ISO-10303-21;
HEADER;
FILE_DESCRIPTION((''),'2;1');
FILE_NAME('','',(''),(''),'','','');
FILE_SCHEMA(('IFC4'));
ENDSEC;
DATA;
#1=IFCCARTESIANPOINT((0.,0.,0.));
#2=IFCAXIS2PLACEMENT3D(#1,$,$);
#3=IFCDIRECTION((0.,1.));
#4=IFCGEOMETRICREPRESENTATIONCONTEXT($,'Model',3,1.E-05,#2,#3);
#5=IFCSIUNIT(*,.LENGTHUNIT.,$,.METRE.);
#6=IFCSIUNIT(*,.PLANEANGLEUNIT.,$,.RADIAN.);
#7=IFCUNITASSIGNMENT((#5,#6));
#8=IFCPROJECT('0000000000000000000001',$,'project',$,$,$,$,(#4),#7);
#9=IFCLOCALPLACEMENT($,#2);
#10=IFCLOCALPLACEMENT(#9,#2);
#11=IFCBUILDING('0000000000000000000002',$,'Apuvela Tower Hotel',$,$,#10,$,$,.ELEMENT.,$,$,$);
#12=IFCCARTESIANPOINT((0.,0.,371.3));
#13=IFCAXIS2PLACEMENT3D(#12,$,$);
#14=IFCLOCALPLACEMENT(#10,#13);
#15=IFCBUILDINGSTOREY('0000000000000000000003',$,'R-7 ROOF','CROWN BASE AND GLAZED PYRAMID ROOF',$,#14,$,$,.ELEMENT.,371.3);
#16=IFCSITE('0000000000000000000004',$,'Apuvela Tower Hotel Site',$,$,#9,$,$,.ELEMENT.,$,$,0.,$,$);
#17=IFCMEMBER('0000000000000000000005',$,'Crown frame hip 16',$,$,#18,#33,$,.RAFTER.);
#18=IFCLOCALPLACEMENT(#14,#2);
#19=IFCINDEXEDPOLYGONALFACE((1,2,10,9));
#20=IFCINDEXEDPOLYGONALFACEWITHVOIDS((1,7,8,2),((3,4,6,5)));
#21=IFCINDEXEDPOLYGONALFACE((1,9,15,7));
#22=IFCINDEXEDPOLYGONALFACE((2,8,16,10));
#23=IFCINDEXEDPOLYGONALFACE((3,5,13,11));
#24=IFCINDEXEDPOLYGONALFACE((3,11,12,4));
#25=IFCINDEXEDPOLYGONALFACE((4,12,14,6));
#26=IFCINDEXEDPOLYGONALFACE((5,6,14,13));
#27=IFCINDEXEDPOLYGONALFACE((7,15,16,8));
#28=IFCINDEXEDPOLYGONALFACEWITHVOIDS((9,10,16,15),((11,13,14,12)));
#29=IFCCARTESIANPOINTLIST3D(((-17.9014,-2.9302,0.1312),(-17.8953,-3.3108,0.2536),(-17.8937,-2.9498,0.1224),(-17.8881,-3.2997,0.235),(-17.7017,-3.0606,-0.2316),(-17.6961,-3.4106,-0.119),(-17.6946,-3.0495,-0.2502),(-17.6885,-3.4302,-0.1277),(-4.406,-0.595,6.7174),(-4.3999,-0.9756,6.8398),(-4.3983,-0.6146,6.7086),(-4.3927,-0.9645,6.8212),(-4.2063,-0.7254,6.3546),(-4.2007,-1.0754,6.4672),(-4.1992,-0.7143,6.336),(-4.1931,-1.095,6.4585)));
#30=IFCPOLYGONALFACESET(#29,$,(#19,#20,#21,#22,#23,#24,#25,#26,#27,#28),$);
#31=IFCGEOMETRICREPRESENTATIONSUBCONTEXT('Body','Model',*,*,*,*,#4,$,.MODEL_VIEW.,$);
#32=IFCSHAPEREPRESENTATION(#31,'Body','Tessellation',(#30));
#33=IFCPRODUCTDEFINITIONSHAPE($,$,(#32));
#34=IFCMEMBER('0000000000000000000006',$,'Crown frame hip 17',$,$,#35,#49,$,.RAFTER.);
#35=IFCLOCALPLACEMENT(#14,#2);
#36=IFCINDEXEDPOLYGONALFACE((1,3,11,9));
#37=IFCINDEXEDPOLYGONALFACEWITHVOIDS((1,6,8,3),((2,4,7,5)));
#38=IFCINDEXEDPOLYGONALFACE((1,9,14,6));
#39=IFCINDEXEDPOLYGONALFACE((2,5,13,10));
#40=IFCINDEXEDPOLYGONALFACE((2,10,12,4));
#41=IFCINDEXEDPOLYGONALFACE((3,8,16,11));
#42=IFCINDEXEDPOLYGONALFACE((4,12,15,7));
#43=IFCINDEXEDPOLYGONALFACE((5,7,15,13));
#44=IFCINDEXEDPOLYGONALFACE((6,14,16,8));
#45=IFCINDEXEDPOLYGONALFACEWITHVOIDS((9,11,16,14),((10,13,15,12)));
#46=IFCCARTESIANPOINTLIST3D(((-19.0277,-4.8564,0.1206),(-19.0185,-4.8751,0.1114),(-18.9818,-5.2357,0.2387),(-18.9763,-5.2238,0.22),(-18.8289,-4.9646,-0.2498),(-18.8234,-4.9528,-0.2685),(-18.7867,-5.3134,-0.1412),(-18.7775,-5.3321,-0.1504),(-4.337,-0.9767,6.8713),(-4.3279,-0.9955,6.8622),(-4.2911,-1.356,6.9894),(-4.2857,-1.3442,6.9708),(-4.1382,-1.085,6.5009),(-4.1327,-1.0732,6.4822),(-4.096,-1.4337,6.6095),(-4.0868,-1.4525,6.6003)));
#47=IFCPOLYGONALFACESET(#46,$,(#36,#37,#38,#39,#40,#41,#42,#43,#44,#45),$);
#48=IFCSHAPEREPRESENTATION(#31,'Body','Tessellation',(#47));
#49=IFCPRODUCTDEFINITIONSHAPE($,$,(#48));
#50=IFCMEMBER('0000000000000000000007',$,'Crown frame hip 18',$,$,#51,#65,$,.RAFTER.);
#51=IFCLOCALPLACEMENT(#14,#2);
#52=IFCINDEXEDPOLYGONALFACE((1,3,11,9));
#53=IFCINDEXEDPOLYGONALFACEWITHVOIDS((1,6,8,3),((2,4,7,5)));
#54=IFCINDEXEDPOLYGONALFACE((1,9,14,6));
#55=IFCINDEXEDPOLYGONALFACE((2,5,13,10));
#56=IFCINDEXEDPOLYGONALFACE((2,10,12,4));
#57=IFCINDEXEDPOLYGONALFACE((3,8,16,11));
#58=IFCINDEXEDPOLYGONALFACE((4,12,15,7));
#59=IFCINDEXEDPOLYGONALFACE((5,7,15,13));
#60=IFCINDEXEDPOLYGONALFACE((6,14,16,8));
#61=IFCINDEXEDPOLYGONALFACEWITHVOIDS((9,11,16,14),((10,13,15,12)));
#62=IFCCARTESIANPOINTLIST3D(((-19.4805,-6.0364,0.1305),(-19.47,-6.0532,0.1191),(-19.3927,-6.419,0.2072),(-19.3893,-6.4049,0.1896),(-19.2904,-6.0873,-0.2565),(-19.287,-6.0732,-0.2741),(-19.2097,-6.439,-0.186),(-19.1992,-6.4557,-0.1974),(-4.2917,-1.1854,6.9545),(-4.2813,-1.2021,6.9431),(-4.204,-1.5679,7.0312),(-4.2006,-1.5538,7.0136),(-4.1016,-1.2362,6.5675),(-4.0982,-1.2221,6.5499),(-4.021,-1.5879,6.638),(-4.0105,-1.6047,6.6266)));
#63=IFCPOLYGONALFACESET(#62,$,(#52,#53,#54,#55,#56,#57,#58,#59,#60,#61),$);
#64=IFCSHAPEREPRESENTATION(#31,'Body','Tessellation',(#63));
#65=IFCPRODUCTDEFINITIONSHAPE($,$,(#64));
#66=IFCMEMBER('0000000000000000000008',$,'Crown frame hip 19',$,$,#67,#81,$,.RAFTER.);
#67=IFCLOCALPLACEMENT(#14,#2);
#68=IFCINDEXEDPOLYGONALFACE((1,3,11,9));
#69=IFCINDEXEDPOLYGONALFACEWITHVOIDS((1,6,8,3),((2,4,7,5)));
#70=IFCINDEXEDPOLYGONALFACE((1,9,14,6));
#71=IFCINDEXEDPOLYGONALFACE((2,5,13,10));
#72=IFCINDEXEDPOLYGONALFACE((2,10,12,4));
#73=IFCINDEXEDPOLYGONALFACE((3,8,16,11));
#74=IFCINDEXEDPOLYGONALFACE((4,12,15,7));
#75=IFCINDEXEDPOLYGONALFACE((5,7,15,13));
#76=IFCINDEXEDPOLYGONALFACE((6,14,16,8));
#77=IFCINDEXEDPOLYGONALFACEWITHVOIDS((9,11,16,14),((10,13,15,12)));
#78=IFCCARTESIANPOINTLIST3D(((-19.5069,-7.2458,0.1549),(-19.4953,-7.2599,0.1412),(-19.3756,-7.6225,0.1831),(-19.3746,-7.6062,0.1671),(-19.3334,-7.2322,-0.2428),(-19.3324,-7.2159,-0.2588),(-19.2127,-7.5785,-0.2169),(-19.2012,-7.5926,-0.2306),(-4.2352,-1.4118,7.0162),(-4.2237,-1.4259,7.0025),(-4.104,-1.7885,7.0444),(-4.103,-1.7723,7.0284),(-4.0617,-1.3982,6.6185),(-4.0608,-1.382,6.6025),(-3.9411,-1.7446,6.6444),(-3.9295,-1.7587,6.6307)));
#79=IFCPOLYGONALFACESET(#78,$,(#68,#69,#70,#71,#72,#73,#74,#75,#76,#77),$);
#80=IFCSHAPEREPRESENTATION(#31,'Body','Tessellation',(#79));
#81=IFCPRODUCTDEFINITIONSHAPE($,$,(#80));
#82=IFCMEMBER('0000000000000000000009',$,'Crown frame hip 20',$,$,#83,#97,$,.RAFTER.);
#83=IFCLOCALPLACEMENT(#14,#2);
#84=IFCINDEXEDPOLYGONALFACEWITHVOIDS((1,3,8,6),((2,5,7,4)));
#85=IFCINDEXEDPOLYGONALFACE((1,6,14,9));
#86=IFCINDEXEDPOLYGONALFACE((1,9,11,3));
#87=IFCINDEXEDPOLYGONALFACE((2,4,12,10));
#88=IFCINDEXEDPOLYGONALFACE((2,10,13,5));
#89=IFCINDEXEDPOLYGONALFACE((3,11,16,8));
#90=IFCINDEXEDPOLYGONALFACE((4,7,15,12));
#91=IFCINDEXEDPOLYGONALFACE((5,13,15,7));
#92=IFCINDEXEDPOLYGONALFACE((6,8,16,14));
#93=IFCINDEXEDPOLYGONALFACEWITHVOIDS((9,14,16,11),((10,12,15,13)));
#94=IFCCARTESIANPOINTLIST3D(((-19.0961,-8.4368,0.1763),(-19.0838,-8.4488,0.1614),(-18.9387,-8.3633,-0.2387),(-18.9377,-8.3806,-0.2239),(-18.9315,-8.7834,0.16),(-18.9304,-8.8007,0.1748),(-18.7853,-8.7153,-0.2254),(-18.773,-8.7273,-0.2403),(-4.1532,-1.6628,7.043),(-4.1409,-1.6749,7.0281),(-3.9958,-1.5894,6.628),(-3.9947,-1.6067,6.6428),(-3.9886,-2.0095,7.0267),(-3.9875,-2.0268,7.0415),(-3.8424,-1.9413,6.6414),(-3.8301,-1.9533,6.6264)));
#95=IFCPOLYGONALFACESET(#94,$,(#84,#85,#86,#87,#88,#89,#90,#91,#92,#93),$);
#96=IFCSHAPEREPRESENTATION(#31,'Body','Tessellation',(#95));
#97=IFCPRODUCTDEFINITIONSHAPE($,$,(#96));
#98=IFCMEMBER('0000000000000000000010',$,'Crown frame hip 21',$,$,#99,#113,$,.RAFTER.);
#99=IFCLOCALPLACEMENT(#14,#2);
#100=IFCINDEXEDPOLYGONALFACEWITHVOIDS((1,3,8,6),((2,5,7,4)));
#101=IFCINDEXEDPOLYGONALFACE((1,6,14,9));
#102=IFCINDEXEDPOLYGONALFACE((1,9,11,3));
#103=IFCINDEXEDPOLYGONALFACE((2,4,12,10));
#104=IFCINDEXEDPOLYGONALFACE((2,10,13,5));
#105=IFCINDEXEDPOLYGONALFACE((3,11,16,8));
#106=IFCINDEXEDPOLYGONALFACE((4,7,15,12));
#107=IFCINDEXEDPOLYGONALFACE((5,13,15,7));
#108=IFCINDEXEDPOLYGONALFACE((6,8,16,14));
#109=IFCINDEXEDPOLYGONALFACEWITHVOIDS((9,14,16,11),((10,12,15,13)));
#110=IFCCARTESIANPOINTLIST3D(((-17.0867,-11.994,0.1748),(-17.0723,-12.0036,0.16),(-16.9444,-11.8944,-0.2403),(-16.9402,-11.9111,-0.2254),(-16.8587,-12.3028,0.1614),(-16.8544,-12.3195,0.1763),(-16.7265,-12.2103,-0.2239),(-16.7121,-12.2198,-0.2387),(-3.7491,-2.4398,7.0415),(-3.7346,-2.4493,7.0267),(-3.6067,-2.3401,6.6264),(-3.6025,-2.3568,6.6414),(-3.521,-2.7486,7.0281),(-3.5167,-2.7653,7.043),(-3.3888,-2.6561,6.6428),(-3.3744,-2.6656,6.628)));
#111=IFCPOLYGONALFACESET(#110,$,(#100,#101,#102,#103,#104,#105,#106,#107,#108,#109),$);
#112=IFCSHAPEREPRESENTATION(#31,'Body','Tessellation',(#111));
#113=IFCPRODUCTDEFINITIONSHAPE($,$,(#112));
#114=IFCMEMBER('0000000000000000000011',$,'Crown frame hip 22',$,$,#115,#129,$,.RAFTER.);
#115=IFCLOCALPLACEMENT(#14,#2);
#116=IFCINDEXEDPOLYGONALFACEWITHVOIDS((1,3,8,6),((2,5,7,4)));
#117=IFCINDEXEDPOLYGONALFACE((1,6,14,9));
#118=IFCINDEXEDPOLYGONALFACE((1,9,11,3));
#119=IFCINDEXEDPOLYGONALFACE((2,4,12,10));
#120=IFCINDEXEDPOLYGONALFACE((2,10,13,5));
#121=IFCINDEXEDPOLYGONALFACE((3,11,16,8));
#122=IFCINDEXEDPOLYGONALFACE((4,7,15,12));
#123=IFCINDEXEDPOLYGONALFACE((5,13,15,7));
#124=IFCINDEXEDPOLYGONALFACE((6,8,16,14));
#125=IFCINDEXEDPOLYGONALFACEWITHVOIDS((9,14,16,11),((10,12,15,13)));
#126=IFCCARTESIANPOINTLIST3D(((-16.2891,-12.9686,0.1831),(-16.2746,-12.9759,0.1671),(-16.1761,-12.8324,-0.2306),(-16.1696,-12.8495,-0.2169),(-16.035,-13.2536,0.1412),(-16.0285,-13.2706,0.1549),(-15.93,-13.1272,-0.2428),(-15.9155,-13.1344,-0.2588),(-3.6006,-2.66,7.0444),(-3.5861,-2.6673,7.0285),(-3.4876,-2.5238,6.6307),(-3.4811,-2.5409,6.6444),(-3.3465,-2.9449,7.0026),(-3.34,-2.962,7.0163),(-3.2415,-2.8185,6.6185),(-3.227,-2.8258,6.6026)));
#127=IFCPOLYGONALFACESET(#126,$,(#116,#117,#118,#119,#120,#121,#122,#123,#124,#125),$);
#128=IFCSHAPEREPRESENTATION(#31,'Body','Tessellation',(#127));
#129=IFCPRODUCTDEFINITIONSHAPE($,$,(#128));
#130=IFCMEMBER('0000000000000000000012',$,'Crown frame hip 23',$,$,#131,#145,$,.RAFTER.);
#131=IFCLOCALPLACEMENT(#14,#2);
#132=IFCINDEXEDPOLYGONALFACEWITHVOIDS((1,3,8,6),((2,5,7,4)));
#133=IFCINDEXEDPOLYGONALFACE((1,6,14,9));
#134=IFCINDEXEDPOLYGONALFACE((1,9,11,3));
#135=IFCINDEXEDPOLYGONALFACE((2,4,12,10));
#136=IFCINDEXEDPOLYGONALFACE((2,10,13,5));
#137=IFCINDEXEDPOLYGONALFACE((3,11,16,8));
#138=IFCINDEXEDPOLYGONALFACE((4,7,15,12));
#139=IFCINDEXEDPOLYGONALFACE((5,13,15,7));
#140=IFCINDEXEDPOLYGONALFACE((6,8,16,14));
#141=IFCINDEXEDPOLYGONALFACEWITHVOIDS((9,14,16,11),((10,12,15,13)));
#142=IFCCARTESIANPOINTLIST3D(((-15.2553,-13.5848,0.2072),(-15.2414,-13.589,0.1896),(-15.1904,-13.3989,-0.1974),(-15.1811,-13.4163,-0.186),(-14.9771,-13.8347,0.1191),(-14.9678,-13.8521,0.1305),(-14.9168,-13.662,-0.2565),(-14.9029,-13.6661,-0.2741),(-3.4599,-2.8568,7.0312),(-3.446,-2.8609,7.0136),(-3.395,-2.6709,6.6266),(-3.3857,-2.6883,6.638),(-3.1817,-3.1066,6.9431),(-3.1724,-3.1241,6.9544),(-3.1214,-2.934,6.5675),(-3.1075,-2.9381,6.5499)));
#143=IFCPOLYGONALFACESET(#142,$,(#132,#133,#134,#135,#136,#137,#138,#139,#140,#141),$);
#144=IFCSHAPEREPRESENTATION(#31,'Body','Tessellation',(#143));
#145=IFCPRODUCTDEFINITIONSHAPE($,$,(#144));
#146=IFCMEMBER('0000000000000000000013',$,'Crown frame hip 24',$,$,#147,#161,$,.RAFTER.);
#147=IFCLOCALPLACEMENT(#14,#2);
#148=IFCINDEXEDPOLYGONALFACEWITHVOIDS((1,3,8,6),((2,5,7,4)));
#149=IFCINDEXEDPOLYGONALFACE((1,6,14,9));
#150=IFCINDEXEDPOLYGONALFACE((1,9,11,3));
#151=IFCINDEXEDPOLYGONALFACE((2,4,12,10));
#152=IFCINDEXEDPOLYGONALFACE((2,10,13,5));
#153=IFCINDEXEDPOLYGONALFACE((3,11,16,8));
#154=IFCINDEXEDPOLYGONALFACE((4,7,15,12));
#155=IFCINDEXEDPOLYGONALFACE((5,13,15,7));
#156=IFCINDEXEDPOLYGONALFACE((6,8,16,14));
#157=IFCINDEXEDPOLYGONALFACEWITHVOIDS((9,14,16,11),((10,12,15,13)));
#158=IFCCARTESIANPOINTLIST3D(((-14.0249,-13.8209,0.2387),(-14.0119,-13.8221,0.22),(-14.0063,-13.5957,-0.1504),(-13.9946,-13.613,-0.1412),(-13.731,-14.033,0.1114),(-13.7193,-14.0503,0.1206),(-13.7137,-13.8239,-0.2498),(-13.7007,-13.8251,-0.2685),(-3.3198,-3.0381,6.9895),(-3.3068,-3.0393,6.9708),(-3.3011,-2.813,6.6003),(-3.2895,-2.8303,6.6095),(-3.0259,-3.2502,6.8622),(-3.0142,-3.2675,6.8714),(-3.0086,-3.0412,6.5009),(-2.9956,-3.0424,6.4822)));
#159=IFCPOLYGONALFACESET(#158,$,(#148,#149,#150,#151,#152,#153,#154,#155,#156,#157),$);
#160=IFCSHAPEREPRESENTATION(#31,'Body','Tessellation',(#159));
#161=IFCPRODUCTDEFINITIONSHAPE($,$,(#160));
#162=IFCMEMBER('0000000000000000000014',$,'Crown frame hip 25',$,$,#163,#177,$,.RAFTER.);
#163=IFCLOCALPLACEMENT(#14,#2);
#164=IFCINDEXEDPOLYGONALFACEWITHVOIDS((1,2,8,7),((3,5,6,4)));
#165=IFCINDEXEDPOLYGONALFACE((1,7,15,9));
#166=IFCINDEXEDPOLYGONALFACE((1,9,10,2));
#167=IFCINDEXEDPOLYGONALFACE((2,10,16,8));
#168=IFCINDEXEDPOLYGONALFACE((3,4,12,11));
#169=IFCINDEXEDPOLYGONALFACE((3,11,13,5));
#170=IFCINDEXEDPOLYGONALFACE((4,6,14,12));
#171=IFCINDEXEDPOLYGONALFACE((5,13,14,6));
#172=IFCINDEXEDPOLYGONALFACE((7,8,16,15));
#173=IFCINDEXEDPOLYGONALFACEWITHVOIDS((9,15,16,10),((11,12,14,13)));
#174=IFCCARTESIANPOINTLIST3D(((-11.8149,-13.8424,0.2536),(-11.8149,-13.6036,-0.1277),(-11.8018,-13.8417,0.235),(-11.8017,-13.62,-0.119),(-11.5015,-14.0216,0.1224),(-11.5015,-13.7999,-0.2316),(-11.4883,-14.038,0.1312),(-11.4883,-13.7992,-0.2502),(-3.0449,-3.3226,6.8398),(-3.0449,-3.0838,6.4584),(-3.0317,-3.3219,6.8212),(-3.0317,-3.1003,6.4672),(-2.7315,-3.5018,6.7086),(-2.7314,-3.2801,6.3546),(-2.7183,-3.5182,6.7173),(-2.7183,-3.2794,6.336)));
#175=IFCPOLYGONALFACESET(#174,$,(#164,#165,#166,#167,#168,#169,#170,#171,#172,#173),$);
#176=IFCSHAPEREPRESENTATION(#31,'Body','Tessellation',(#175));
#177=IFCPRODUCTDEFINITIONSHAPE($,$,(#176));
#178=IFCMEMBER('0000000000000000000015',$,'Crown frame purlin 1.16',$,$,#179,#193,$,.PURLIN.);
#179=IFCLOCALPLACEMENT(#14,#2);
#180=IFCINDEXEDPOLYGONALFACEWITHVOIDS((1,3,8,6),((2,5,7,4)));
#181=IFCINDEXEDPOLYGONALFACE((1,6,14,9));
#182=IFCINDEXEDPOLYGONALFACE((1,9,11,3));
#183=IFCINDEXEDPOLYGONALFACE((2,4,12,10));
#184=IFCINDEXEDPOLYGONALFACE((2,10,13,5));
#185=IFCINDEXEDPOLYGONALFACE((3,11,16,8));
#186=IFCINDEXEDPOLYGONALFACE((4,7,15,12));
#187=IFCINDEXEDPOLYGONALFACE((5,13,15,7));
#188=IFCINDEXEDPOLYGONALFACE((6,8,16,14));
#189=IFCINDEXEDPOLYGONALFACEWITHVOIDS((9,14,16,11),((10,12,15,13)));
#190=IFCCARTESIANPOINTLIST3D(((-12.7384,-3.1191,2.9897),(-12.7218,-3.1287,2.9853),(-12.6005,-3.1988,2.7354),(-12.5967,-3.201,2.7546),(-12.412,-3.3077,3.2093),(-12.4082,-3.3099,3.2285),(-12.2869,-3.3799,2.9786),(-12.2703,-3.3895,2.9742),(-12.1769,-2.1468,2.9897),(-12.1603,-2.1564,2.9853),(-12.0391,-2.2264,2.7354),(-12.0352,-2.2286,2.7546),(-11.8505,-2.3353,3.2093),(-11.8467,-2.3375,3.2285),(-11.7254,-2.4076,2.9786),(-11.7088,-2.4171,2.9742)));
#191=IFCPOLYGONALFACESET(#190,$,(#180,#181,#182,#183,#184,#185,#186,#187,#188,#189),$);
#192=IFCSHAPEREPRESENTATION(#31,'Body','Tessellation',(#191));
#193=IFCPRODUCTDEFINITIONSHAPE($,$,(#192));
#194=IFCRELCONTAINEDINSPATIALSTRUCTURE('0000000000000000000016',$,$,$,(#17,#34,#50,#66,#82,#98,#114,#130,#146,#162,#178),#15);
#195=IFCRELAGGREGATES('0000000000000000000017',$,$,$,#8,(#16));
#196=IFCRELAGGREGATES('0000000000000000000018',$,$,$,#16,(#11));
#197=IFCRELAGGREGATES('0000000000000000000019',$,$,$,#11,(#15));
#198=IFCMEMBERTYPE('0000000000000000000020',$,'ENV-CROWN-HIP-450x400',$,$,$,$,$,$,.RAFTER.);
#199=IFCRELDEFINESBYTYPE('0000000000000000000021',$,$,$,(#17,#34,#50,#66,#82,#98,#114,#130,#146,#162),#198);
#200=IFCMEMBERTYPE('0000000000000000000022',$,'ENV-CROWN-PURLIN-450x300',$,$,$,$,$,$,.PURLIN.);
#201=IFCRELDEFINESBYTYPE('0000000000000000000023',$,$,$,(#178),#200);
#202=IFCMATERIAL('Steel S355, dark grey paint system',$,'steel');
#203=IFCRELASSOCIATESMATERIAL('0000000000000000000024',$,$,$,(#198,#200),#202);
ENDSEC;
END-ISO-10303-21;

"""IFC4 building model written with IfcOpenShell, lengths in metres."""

from ifc_helpers import new_model, si_unit, direction, frame, origin, origin_2d, place, context, subcontext, project, spatial, hollow_rectangle, extrude, material, material_profile, profile_set, type_object, element, save


model = new_model("IFC4")

# Units and contexts
model_context = context("Model", 3, precision=1e-05, world=origin(), true_north=direction((0.0, 1.0)))
body_context = subcontext(model_context, "Body", "Model", "MODEL_VIEW")
ifc_project = project(units=[si_unit("LENGTHUNIT", "METRE"), si_unit("PLANEANGLEUNIT", "RADIAN")], contexts=[model_context])

# Site, building, storey
site_placement = place(None, origin())
site = spatial("IfcSite", under=ifc_project, at=site_placement, Name="Apuvela Tower Hotel Site", CompositionType="ELEMENT", RefElevation=0.0)
building_placement = place(site_placement, origin())
building = spatial("IfcBuilding", under=site, at=building_placement, Name="Apuvela Tower Hotel", CompositionType="ELEMENT")
storey_placement = place(building_placement, frame((0.0, 0.0, 371.3)))
storey = spatial("IfcBuildingStorey", under=building, at=storey_placement, Name="R-7 ROOF", Description="CROWN BASE AND GLAZED PYRAMID ROOF", CompositionType="ELEMENT", Elevation=371.3)

# Members
ifc_material_1 = material(Name="Steel S355, dark grey paint system", Category="steel")
ifc_material_profile_1 = material_profile(ifc_material_1, hollow_rectangle(XDim=0.3999, YDim=0.45, WallThickness=0.0161, at=origin_2d()), Name="HSS 450x400x16")
ifc_profile_set_1 = profile_set([ifc_material_profile_1], Name="Steel S355, dark grey paint system")
member_type_1 = type_object("IfcMemberType", Name="ENV-CROWN-HIP-450x400", PredefinedType="RAFTER", material=ifc_profile_set_1)
member_1_placement = place(storey_placement, frame((-17.7949, -3.1802, 0.0017), z_axis=(0.888015, 0.15366, 0.43338), x_axis=(-0.015255, 0.951837, -0.306226)))
element("IfcMember", 1, at=member_1_placement, inside=storey, type_object=member_type_1, Name="Crown frame hip 16", PredefinedType="RAFTER", context=body_context, shape_type="SweptSolid", body=[
    extrude(hollow_rectangle(XDim=0.3999, YDim=0.45, WallThickness=0.0161, at=origin_2d()), origin(), (0.0, 0.0, 1.0), 15.1973),
])
member_2_placement = place(storey_placement, frame((-18.9026, -5.0942, -0.0149), z_axis=(0.883571, 0.233341, 0.406023), x_axis=(-0.114771, 0.948477, -0.295329)))
element("IfcMember", 2, at=member_2_placement, inside=storey, type_object=member_type_1, Name="Crown frame hip 17", PredefinedType="RAFTER", context=body_context, shape_type="SweptSolid", body=[
    extrude(hollow_rectangle(XDim=0.3999, YDim=0.45, WallThickness=0.0161, at=origin_2d()), origin(), (0.0, 0.0, 1.0), 16.6265),
])
member_3_placement = place(storey_placement, frame((-19.3398, -6.2461, -0.0334), z_axis=(0.875759, 0.279706, 0.39346), x_axis=(-0.21935, 0.956605, -0.191812)))
element("IfcMember", 3, at=member_3_placement, inside=storey, type_object=member_type_1, Name="Crown frame hip 18", PredefinedType="RAFTER", context=body_context, shape_type="SweptSolid", body=[
    extrude(hollow_rectangle(XDim=0.3999, YDim=0.45, WallThickness=0.0161, at=origin_2d()), origin(), (0.0, 0.0, 1.0), 17.3435),
])
member_4_placement = place(storey_placement, frame((-19.354, -7.4192, -0.0378), z_axis=(0.861369, 0.329053, 0.386998), x_axis=(-0.328204, 0.941978, -0.07043)))
element("IfcMember", 4, at=member_4_placement, inside=storey, type_object=member_type_1, Name="Crown frame hip 19", PredefinedType="RAFTER", context=body_context, shape_type="SweptSolid", body=[
    extrude(hollow_rectangle(XDim=0.3999, YDim=0.45, WallThickness=0.0161, at=origin_2d()), origin(), (0.0, 0.0, 1.0), 17.7295),
])
for number, where, z_axis, x_axis, name in (
    (5, (-18.9346, -8.582, -0.032), (0.840168, 0.380866, 0.386082), (-0.41434, 0.910114, 0.003843), "Crown frame hip 20"),
    (6, (-16.8994, -12.1069, -0.032), (0.749913, 0.537188, 0.386082), (-0.581027, 0.813875, -0.003843), "Crown frame hip 21"),
):
    element("IfcMember", number, at=place(storey_placement, frame(where, z_axis=z_axis, x_axis=x_axis)), inside=storey, type_object=member_type_1, Name=name, PredefinedType="RAFTER", context=body_context, shape_type="SweptSolid", body=[
        extrude(hollow_rectangle(XDim=0.3999, YDim=0.45, WallThickness=0.0161, at=origin_2d()), origin(), (0.0, 0.0, 1.0), 17.7856),
    ])
member_5_placement = place(storey_placement, frame((-16.1023, -13.0515, -0.0378), z_axis=(0.715662, 0.581431, 0.386996), x_axis=(-0.651663, 0.755231, 0.07043)))
element("IfcMember", 7, at=member_5_placement, inside=storey, type_object=member_type_1, Name="Crown frame hip 22", PredefinedType="RAFTER", context=body_context, shape_type="SweptSolid", body=[
    extrude(hollow_rectangle(XDim=0.3999, YDim=0.45, WallThickness=0.0161, at=origin_2d()), origin(), (0.0, 0.0, 1.0), 17.7297),
])
member_6_placement = place(storey_placement, frame((-15.0791, -13.6255, -0.0334), z_axis=(0.680115, 0.61857, 0.393465), x_axis=(-0.718765, 0.66827, 0.191812)))
element("IfcMember", 8, at=member_6_placement, inside=storey, type_object=member_type_1, Name="Crown frame hip 23", PredefinedType="RAFTER", context=body_context, shape_type="SweptSolid", body=[
    extrude(hollow_rectangle(XDim=0.3999, YDim=0.45, WallThickness=0.0161, at=origin_2d()), origin(), (0.0, 0.0, 1.0), 17.3433),
])
member_7_placement = place(storey_placement, frame((-13.8628, -13.823, -0.0149), z_axis=(0.643859, 0.648529, 0.406024), x_axis=(-0.764024, 0.573627, 0.295329)))
element("IfcMember", 9, at=member_7_placement, inside=storey, type_object=member_type_1, Name="Crown frame hip 24", PredefinedType="RAFTER", context=body_context, shape_type="SweptSolid", body=[
    extrude(hollow_rectangle(XDim=0.3999, YDim=0.45, WallThickness=0.0161, at=origin_2d()), origin(), (0.0, 0.0, 1.0), 16.6265),
])
member_8_placement = place(storey_placement, frame((-11.6516, -13.8208, 0.0017), z_axis=(0.577079, 0.692215, 0.43338), x_axis=(-0.816688, 0.489128, 0.306226)))
element("IfcMember", 10, at=member_8_placement, inside=storey, type_object=member_type_1, Name="Crown frame hip 25", PredefinedType="RAFTER", context=body_context, shape_type="SweptSolid", body=[
    extrude(hollow_rectangle(XDim=0.3999, YDim=0.45, WallThickness=0.0161, at=origin_2d()), origin(), (0.0, 0.0, 1.0), 15.1973),
])
ifc_material_profile_2 = material_profile(ifc_material_1, hollow_rectangle(XDim=0.45, YDim=0.3, WallThickness=0.0139, at=origin_2d()), Name="HSS 450x300x14")
ifc_profile_set_2 = profile_set([ifc_material_profile_2], Name="Steel S355, dark grey paint system")
member_type_2 = type_object("IfcMemberType", Name="ENV-CROWN-PURLIN-450x300", PredefinedType="PURLIN", material=ifc_profile_set_2)
member_9_placement = place(storey_placement, frame((-11.9429, -2.282, 2.9819), z_axis=(-0.500067, -0.865986, 0.0), x_axis=(0.734004, -0.423854, 0.530647)))
element("IfcMember", 11, at=member_9_placement, inside=storey, type_object=member_type_2, Name="Crown frame purlin 1.16", PredefinedType="PURLIN", context=body_context, shape_type="SweptSolid", body=[
    extrude(hollow_rectangle(XDim=0.45, YDim=0.3, WallThickness=0.0139, at=origin_2d()), origin(), (0.0, 0.0, 1.0), 1.1228),
])

save(model, "model.ifc")
